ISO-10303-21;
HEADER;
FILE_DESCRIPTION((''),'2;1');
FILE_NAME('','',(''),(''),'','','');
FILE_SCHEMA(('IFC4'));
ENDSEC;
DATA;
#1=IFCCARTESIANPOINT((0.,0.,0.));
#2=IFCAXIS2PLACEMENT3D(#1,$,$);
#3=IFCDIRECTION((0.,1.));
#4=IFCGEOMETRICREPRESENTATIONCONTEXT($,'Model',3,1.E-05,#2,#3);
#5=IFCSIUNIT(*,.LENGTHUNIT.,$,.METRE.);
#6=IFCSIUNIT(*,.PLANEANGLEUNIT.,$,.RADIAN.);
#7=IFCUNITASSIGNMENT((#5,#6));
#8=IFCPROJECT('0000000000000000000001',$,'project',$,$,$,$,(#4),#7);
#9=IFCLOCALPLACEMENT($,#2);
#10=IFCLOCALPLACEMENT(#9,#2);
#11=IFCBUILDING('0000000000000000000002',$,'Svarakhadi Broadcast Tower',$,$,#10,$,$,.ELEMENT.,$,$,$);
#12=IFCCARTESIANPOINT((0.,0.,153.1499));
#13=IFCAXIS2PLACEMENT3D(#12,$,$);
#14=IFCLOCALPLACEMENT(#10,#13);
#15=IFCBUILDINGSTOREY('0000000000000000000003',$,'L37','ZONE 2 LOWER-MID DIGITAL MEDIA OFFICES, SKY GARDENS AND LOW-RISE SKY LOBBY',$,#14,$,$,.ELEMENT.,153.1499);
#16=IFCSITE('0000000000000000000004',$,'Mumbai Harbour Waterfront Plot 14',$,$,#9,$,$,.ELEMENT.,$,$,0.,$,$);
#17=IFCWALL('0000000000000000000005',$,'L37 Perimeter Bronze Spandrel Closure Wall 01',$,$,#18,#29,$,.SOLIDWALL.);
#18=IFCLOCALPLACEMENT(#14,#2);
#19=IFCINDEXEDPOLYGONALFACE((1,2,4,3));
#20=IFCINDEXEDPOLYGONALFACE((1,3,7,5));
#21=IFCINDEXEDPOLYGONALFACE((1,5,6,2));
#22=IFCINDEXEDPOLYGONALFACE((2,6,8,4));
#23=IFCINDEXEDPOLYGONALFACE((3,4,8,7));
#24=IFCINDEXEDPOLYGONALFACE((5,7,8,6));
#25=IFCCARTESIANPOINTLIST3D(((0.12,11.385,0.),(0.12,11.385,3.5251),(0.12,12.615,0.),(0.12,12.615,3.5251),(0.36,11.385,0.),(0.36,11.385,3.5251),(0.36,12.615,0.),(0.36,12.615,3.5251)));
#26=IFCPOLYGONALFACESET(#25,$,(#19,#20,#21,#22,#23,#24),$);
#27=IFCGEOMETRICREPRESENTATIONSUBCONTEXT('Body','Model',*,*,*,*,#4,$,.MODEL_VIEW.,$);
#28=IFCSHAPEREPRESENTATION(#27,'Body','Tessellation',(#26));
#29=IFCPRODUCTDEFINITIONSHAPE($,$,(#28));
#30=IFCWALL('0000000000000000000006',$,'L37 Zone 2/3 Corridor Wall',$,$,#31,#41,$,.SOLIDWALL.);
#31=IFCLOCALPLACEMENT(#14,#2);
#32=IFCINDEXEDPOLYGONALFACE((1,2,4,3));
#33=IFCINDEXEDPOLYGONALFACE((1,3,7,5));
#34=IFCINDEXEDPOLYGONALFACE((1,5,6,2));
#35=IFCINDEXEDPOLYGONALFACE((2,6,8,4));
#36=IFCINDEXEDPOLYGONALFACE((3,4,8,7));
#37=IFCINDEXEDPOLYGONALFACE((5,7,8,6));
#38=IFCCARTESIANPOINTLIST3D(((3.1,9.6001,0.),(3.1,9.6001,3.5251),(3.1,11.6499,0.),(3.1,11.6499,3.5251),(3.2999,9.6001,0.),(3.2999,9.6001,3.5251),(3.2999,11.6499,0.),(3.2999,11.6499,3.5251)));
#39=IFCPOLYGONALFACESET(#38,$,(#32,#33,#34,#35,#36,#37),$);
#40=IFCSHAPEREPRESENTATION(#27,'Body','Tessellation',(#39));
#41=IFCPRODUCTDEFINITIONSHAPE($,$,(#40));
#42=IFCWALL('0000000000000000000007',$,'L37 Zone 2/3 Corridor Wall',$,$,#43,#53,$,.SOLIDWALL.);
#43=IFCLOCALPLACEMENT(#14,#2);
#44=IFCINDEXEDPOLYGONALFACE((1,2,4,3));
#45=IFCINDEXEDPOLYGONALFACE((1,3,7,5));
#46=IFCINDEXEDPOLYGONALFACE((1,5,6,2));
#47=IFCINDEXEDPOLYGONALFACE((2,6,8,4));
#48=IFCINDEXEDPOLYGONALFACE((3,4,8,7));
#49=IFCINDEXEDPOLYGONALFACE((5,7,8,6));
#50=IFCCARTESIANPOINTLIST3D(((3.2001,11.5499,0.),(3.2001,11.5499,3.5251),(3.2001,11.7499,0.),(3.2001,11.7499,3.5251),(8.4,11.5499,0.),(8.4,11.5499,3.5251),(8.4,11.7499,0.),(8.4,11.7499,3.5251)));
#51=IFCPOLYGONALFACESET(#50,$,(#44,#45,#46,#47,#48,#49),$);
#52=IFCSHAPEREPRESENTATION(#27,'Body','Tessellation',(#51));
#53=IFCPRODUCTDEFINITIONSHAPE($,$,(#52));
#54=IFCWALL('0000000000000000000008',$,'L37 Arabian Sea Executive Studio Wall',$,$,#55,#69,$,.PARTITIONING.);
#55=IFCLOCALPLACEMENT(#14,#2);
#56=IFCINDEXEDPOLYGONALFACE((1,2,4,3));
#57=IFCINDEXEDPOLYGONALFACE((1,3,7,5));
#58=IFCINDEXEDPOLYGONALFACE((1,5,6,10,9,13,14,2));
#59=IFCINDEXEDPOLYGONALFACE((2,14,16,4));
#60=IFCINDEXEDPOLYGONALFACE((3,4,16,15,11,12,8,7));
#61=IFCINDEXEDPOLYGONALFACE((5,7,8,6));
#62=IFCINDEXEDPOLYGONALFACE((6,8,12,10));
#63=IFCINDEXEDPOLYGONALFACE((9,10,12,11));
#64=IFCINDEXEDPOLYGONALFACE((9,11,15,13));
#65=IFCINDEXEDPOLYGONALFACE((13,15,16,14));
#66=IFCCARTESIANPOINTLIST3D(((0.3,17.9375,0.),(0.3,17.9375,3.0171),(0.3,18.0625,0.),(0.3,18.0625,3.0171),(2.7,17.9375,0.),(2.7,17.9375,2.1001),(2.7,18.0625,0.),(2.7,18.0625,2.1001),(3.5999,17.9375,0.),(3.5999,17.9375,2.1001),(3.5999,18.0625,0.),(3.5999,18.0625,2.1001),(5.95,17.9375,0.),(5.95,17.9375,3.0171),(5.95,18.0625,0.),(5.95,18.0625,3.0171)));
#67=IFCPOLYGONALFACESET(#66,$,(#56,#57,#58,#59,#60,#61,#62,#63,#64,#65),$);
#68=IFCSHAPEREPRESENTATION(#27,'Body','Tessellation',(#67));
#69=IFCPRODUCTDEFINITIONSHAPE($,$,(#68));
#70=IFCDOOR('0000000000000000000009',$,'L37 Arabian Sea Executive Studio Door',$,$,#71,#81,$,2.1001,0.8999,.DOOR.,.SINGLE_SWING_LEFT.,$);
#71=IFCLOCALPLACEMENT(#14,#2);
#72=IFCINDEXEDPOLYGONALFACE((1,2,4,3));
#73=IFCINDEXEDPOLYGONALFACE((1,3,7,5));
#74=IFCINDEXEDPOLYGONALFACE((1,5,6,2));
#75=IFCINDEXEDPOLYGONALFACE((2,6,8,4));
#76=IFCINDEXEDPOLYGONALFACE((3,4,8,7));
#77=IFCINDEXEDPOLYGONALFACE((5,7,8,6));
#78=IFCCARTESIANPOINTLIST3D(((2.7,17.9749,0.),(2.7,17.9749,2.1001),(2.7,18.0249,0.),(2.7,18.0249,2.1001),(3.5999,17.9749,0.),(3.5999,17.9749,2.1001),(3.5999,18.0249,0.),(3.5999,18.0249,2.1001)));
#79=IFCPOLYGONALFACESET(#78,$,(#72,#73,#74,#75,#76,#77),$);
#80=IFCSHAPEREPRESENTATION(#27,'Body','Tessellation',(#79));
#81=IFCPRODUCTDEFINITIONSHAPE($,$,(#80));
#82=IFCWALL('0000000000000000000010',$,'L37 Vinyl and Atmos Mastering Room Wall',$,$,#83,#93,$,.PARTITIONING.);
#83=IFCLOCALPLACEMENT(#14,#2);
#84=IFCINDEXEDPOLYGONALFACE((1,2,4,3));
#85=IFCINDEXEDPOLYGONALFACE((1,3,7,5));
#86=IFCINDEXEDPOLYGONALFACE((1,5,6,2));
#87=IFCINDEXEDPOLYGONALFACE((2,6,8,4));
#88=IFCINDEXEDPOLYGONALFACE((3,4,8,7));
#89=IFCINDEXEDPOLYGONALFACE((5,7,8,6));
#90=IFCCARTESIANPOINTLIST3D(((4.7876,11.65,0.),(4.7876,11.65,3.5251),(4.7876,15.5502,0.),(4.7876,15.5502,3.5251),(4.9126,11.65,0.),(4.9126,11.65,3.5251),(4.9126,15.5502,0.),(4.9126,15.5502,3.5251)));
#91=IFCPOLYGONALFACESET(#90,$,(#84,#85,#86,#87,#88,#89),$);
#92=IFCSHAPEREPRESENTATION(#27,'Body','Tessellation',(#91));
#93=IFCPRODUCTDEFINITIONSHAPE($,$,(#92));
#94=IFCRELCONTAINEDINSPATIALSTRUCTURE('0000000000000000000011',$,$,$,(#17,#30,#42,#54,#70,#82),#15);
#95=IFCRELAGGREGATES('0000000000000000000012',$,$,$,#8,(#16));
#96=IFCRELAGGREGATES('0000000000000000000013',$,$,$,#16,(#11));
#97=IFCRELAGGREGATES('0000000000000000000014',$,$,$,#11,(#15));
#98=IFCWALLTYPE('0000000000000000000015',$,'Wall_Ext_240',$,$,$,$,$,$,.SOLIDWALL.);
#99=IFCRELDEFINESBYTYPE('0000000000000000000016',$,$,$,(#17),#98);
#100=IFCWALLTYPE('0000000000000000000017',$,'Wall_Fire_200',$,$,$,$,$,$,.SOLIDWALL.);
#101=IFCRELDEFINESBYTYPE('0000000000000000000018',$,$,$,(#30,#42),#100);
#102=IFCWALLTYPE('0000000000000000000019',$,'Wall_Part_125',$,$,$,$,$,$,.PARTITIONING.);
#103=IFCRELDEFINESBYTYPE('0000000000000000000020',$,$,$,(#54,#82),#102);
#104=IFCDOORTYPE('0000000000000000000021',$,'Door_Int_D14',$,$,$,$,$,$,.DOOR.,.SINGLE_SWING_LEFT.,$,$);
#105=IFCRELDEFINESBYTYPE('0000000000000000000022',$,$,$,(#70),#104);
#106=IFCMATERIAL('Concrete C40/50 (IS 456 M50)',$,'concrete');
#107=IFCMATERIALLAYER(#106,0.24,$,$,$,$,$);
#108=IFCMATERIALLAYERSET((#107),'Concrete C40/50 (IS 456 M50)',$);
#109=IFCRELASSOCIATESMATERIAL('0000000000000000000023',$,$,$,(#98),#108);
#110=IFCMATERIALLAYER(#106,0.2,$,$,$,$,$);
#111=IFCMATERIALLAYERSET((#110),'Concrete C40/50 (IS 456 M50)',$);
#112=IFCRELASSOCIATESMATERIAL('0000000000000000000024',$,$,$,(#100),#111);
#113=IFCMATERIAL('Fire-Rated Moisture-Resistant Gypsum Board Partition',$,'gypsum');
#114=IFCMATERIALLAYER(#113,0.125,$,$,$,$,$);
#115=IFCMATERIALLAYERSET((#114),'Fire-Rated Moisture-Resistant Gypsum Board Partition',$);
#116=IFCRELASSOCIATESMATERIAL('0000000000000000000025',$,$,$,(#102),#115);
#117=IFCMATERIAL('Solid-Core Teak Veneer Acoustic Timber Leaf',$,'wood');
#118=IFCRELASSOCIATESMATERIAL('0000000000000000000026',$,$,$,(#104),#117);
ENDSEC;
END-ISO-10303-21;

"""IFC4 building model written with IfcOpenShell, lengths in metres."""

from ifc_helpers import new_model, si_unit, direction, frame, frame_2d, origin, place, context, subcontext, project, spatial, rectangle, extrude, material, layer, layer_set, type_object, element, fill, save


model = new_model("IFC4")

# Units and contexts
model_context = context("Model", 3, precision=1e-05, world=origin(), true_north=direction((0.0, 1.0)))
body_context = subcontext(model_context, "Body", "Model", "MODEL_VIEW")
ifc_project = project(units=[si_unit("LENGTHUNIT", "METRE"), si_unit("PLANEANGLEUNIT", "RADIAN")], contexts=[model_context])

# Site, building, storey
site_placement = place(None, origin())
site = spatial("IfcSite", under=ifc_project, at=site_placement, Name="Mumbai Harbour Waterfront Plot 14", CompositionType="ELEMENT", RefElevation=0.0)
building_placement = place(site_placement, origin())
building = spatial("IfcBuilding", under=site, at=building_placement, Name="Svarakhadi Broadcast Tower", CompositionType="ELEMENT")
storey_placement = place(building_placement, frame((0.0, 0.0, 153.1499)))
storey = spatial("IfcBuildingStorey", under=building, at=storey_placement, Name="L37", Description="ZONE 2 LOWER-MID DIGITAL MEDIA OFFICES, SKY GARDENS AND LOW-RISE SKY LOBBY", CompositionType="ELEMENT", Elevation=153.1499)

# Walls
ifc_material_1 = material(Name="Concrete C40/50 (IS 456 M50)", Category="concrete")
ifc_layer_1 = layer(ifc_material_1, 0.24)
ifc_layer_set_1 = layer_set([ifc_layer_1], Name="Concrete C40/50 (IS 456 M50)")
wall_type_1 = type_object("IfcWallType", Name="Wall_Ext_240", PredefinedType="SOLIDWALL", material=ifc_layer_set_1)
wall_1_placement = place(storey_placement, frame((0.24, 11.385, 0.0), z_axis=(0.0, 0.0, 1.0), x_axis=(0.0, 1.0, 0.0)))
element("IfcWall", 1, at=wall_1_placement, inside=storey, type_object=wall_type_1, Name="L37 Perimeter Bronze Spandrel Closure Wall 01", PredefinedType="SOLIDWALL", context=body_context, shape_type="SweptSolid", body=[
    extrude(rectangle(XDim=1.23, YDim=0.24, at=frame_2d((0.615, 0.0))), origin(), (0.0, 0.0, 1.0), 3.5251),
])
ifc_layer_2 = layer(ifc_material_1, 0.2)
ifc_layer_set_2 = layer_set([ifc_layer_2], Name="Concrete C40/50 (IS 456 M50)")
wall_type_2 = type_object("IfcWallType", Name="Wall_Fire_200", PredefinedType="SOLIDWALL", material=ifc_layer_set_2)
wall_2_placement = place(storey_placement, frame((3.2, 9.6001, 0.0), z_axis=(0.0, 0.0, 1.0), x_axis=(0.0, 1.0, 0.0)))
element("IfcWall", 2, at=wall_2_placement, inside=storey, type_object=wall_type_2, Name="L37 Zone 2/3 Corridor Wall", PredefinedType="SOLIDWALL", context=body_context, shape_type="SweptSolid", body=[
    extrude(rectangle(XDim=2.0498, YDim=0.2, at=frame_2d((1.0249, 0.0))), origin(), (0.0, 0.0, 1.0), 3.5251),
])
wall_3_placement = place(storey_placement, frame((3.2, 11.6499, 0.0), z_axis=(0.0, 0.0, 1.0), x_axis=(1.0, 0.0, 0.0)))
element("IfcWall", 3, at=wall_3_placement, inside=storey, type_object=wall_type_2, Name="L37 Zone 2/3 Corridor Wall", PredefinedType="SOLIDWALL", context=body_context, shape_type="SweptSolid", body=[
    extrude(rectangle(XDim=5.2, YDim=0.2, at=frame_2d((2.6001, 0.0))), origin(), (0.0, 0.0, 1.0), 3.5251),
])

# Wall, opening, door
ifc_material_2 = material(Name="Fire-Rated Moisture-Resistant Gypsum Board Partition", Category="gypsum")
ifc_layer_3 = layer(ifc_material_2, 0.125)
ifc_layer_set_3 = layer_set([ifc_layer_3], Name="Fire-Rated Moisture-Resistant Gypsum Board Partition")
wall_type_3 = type_object("IfcWallType", Name="Wall_Part_125", PredefinedType="PARTITIONING", material=ifc_layer_set_3)
wall_4_placement = place(storey_placement, frame((0.3, 18.0, 0.0), z_axis=(0.0, 0.0, 1.0), x_axis=(1.0, 0.0, 0.0)))
wall_4 = element("IfcWall", 4, at=wall_4_placement, inside=storey, type_object=wall_type_3, Name="L37 Arabian Sea Executive Studio Wall", PredefinedType="PARTITIONING", context=body_context, shape_type="SweptSolid", body=[
    extrude(rectangle(XDim=5.6499, YDim=0.125, at=frame_2d((2.825, 0.0))), origin(), (0.0, 0.0, 1.0), 3.0171),
])
opening_placement = place(wall_4_placement, frame((2.3999, 0.0, 0.0)))
opening = element("IfcOpeningElement", 5, at=opening_placement, cuts=wall_4, PredefinedType="OPENING", context=body_context, shape_type="SweptSolid", body=[
    extrude(rectangle(XDim=0.8999, YDim=2.1001, at=frame_2d((0.45, 1.05))), frame((0.0, 0.0725, 0.0), z_axis=(0.0, -1.0, 0.0), x_axis=(1.0, 0.0, 0.0)), (0.0, 0.0, 1.0), 0.145),
])
ifc_material_3 = material(Name="Solid-Core Teak Veneer Acoustic Timber Leaf", Category="wood")
door_type = type_object("IfcDoorType", Name="Door_Int_D14", OperationType="SINGLE_SWING_LEFT", PredefinedType="DOOR", material=ifc_material_3)
door_placement = place(opening_placement, origin())
door = element("IfcDoor", 6, at=door_placement, inside=storey, type_object=door_type, Name="L37 Arabian Sea Executive Studio Door", OperationType="SINGLE_SWING_LEFT", OverallHeight=2.1001, OverallWidth=0.8999, PredefinedType="DOOR", context=body_context, shape_type="SweptSolid", body=[
    extrude(rectangle(XDim=0.8999, YDim=2.1001, at=frame_2d((0.45, 1.05))), frame((0.0, 0.0249, 0.0), z_axis=(0.0, -1.0, 0.0), x_axis=(1.0, 0.0, 0.0)), (0.0, 0.0, 1.0), 0.05),
])
fill(opening, door)

# Wall
wall_5_placement = place(storey_placement, frame((4.8501, 11.6499, 0.0), z_axis=(0.0, 0.0, 1.0), x_axis=(0.0, 1.0, 0.0)))
element("IfcWall", 7, at=wall_5_placement, inside=storey, type_object=wall_type_3, Name="L37 Vinyl and Atmos Mastering Room Wall", PredefinedType="PARTITIONING", context=body_context, shape_type="SweptSolid", body=[
    extrude(rectangle(XDim=3.9001, YDim=0.125, at=frame_2d((1.9502, 0.0))), origin(), (0.0, 0.0, 1.0), 3.5251),
])

save(model, "model.ifc")
